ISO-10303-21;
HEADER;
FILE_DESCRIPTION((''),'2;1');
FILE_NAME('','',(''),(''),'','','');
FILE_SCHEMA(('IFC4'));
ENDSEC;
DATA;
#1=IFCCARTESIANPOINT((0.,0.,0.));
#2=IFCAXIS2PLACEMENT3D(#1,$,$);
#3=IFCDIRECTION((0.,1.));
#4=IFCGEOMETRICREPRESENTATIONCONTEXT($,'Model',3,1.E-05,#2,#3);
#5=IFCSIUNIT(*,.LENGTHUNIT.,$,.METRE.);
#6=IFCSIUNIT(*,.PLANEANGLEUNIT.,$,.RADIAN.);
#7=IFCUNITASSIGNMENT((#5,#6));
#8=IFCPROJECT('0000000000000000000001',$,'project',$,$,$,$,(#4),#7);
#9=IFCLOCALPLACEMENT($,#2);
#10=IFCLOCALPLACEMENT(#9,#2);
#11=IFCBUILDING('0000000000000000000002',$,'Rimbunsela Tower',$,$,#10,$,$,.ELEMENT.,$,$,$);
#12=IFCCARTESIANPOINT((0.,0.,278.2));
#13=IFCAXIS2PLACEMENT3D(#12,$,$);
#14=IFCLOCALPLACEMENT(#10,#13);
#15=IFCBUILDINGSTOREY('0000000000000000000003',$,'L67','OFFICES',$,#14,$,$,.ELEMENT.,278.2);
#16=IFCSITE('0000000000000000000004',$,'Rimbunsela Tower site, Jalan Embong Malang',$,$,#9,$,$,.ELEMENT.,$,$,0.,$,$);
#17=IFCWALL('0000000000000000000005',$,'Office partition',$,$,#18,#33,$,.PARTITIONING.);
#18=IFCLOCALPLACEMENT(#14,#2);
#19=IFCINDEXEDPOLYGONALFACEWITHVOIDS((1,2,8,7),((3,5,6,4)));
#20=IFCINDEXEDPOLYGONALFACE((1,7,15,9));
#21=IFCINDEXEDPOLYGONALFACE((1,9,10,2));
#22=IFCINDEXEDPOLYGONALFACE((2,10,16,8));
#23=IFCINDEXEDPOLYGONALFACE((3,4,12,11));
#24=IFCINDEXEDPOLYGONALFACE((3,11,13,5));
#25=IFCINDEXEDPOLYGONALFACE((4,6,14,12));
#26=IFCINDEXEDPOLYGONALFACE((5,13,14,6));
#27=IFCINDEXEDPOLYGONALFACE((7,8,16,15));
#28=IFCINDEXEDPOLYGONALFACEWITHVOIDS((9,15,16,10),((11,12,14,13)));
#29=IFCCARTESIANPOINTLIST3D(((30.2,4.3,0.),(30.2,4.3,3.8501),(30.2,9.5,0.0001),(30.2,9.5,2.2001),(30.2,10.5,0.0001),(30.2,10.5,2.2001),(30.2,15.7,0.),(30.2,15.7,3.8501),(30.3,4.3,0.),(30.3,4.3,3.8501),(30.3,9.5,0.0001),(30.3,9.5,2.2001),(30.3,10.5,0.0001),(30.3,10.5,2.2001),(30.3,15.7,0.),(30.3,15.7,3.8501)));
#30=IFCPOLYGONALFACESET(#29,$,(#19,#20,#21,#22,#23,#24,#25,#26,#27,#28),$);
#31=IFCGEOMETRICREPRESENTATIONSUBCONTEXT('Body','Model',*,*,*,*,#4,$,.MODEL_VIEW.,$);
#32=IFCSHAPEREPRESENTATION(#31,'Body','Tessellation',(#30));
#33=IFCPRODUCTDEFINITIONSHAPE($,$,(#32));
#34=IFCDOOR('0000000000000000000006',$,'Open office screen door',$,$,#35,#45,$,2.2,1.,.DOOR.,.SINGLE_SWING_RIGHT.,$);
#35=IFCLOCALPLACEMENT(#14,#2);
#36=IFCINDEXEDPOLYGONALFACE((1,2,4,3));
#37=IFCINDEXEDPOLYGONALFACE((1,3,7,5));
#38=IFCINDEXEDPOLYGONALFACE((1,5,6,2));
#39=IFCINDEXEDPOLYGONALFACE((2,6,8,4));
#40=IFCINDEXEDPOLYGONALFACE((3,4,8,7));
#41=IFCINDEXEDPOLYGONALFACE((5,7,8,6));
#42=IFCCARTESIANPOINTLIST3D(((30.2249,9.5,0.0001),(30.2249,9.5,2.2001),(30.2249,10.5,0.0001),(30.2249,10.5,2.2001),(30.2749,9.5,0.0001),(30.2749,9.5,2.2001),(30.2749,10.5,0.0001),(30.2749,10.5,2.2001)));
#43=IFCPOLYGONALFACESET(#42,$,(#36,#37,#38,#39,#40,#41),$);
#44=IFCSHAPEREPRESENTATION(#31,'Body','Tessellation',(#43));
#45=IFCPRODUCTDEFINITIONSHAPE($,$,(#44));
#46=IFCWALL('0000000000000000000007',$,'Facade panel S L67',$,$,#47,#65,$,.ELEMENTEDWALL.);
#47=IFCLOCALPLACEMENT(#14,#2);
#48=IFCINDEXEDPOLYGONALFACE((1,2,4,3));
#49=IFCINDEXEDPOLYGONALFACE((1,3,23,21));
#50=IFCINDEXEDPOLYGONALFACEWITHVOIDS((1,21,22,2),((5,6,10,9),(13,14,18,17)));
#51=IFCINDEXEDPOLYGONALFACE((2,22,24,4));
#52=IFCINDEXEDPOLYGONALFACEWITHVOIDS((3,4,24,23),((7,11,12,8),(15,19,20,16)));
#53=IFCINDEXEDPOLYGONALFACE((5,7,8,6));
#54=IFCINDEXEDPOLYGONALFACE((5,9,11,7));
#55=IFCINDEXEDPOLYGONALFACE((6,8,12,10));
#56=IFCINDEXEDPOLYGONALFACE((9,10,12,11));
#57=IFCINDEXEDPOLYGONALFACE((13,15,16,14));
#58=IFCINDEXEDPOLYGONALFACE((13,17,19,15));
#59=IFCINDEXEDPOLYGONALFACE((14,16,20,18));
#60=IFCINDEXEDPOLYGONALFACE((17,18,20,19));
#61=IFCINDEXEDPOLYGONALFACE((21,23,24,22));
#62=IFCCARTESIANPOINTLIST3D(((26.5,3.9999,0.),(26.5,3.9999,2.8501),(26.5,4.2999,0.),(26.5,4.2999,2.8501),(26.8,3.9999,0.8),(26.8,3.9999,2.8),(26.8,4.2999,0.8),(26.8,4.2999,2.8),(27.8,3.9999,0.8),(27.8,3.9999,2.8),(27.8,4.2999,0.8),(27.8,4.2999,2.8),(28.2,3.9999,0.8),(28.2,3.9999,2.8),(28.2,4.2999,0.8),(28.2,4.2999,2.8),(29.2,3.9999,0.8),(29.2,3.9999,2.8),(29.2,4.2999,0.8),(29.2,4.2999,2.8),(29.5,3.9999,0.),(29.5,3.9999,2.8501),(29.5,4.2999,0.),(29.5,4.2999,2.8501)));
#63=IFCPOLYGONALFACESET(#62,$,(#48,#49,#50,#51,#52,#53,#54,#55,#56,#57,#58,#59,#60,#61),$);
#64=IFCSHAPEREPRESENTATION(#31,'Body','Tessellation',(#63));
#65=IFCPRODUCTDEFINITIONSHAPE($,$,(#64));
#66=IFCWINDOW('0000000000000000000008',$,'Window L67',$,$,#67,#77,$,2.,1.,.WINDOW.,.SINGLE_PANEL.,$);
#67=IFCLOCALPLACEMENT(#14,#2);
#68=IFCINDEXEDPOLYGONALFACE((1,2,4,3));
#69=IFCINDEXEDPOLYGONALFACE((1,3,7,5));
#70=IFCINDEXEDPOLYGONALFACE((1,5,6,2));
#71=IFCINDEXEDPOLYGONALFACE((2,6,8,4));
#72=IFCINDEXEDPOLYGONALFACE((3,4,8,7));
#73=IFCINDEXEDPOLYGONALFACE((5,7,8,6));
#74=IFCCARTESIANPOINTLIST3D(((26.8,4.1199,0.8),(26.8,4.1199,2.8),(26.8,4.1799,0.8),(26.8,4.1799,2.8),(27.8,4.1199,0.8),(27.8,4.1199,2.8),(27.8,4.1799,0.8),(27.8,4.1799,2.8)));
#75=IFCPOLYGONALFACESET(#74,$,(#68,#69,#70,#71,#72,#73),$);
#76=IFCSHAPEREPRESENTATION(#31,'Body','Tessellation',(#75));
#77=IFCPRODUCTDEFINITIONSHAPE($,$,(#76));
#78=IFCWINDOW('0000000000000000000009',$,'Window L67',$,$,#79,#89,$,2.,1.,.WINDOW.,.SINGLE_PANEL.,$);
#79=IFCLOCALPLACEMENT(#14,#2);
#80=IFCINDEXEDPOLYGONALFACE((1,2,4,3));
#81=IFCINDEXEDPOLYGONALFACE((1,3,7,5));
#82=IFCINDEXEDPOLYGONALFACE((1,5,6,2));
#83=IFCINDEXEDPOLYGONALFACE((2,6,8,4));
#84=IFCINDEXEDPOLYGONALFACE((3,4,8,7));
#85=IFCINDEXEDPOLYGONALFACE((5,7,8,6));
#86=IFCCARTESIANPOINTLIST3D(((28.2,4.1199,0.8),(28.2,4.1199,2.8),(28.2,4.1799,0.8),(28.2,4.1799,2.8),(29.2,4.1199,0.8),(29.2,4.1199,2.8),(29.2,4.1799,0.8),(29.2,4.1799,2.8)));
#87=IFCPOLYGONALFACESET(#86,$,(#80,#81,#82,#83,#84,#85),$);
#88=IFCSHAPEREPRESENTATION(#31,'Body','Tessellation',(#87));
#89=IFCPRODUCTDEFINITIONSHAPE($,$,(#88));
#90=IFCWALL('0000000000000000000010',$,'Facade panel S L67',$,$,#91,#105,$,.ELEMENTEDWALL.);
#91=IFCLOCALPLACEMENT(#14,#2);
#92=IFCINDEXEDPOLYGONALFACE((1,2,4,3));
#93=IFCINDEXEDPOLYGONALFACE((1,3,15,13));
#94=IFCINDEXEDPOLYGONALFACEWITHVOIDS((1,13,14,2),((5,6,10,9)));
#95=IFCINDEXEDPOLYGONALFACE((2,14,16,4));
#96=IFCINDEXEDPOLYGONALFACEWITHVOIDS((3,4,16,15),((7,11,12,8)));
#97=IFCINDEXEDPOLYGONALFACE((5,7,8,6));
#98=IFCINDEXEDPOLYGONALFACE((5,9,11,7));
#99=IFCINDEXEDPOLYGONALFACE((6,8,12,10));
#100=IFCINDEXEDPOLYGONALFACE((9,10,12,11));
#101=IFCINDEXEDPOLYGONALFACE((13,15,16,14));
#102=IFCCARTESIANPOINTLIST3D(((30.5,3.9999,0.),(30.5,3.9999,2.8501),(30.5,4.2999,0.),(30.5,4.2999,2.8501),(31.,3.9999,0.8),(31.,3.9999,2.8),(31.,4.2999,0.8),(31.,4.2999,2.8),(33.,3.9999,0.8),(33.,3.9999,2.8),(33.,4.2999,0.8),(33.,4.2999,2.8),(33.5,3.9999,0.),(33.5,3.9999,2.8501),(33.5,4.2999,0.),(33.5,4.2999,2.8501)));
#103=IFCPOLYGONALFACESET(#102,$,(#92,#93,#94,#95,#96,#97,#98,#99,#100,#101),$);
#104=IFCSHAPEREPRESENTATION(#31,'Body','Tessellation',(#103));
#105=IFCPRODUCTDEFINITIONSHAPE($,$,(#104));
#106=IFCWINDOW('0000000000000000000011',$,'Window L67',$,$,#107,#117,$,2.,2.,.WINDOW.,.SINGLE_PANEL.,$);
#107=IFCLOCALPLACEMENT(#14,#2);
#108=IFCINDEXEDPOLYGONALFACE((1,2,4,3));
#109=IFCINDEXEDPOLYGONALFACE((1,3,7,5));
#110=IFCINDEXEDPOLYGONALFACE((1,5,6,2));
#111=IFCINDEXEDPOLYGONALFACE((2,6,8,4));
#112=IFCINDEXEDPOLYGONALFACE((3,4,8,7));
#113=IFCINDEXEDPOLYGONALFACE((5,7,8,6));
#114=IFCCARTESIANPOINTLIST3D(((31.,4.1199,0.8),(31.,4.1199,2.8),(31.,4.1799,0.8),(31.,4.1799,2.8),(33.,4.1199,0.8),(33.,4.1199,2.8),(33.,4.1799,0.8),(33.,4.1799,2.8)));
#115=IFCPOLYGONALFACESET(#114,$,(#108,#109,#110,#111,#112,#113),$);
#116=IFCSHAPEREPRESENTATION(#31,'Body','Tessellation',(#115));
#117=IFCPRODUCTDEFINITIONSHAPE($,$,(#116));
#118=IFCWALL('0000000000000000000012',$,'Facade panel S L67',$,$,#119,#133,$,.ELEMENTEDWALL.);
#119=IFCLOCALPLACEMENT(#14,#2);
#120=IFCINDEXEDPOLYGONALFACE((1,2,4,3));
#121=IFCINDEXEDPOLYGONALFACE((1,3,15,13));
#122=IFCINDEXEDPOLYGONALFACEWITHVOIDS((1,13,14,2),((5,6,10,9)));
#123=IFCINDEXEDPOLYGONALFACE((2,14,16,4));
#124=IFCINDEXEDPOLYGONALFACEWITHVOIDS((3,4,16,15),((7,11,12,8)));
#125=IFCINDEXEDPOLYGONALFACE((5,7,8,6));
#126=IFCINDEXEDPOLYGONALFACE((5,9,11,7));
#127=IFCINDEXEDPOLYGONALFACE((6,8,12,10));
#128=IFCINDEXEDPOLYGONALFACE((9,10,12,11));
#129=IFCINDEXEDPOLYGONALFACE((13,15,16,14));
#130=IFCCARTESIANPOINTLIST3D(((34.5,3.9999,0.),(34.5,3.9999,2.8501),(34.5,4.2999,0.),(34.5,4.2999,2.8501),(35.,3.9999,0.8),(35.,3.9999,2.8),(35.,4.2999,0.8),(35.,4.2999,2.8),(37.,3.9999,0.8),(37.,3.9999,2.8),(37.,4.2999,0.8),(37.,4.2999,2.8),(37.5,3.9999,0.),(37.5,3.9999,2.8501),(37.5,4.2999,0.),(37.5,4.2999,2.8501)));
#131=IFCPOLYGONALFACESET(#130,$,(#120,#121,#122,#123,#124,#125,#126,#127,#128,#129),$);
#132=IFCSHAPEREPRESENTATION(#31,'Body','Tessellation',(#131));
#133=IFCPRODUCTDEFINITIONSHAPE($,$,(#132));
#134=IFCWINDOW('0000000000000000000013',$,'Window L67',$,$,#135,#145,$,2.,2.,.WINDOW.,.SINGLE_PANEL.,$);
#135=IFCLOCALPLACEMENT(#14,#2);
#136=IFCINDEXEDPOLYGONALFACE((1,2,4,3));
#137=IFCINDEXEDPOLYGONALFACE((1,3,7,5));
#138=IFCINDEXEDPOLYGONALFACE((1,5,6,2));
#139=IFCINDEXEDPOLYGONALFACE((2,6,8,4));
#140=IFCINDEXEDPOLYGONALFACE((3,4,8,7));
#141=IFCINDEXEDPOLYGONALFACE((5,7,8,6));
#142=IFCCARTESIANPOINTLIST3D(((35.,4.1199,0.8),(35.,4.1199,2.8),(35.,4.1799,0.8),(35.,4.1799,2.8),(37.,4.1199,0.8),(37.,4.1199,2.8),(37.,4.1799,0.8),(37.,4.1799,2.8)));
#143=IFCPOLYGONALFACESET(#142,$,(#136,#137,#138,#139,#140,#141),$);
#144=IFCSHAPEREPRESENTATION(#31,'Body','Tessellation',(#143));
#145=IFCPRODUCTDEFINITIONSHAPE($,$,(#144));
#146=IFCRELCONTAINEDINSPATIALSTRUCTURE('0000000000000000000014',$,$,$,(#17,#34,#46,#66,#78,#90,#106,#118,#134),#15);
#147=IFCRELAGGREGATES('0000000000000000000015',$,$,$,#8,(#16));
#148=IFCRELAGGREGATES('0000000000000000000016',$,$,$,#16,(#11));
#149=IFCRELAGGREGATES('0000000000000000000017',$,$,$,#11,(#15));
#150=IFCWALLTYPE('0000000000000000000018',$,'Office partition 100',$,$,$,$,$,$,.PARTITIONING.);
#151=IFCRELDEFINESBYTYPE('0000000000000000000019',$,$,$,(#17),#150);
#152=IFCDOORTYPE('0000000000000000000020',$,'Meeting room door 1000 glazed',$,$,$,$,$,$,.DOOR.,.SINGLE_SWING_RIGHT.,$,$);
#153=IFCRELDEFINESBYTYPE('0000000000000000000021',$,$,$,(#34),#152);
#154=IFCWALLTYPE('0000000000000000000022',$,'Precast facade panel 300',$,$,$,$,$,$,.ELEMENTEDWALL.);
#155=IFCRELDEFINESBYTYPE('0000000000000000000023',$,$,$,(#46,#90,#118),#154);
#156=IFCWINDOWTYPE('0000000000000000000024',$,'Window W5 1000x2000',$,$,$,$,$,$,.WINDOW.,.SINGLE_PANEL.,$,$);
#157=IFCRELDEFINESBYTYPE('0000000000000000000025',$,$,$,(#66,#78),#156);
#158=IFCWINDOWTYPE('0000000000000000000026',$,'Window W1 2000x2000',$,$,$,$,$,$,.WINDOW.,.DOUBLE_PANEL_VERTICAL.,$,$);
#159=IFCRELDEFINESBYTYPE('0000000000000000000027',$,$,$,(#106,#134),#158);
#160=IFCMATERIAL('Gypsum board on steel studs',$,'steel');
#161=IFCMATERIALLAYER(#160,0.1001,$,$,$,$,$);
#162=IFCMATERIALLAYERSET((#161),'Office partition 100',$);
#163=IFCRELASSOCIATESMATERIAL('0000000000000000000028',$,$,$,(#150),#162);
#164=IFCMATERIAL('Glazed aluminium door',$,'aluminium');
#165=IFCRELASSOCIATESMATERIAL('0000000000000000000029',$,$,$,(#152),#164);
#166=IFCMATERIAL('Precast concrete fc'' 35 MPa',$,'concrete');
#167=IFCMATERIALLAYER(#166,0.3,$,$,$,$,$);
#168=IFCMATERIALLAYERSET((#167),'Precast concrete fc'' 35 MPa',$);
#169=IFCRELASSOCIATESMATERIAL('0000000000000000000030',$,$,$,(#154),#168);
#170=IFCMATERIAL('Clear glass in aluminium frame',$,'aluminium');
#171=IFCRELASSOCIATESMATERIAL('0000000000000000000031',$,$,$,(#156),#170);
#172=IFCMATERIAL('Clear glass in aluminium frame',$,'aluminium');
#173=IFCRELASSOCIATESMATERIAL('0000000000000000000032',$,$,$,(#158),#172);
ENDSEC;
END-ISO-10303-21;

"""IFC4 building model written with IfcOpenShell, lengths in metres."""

from ifc_helpers import new_model, si_unit, direction, frame, frame_2d, origin, place, context, subcontext, project, spatial, rectangle, extrude, material, layer, layer_set, type_object, element, fill, save


model = new_model("IFC4")

# Units and contexts
model_context = context("Model", 3, precision=1e-05, world=origin(), true_north=direction((0.0, 1.0)))
body_context = subcontext(model_context, "Body", "Model", "MODEL_VIEW")
ifc_project = project(units=[si_unit("LENGTHUNIT", "METRE"), si_unit("PLANEANGLEUNIT", "RADIAN")], contexts=[model_context])

# Site, building, storey
site_placement = place(None, origin())
site = spatial("IfcSite", under=ifc_project, at=site_placement, Name="Rimbunsela Tower site, Jalan Embong Malang", CompositionType="ELEMENT", RefElevation=0.0)
building_placement = place(site_placement, origin())
building = spatial("IfcBuilding", under=site, at=building_placement, Name="Rimbunsela Tower", CompositionType="ELEMENT")
storey_placement = place(building_placement, frame((0.0, 0.0, 278.2)))
storey = spatial("IfcBuildingStorey", under=building, at=storey_placement, Name="L67", Description="OFFICES", CompositionType="ELEMENT", Elevation=278.2)

# Shared definitions
ifc_material_1 = material(Name="Gypsum board on steel studs", Category="steel")
ifc_layer_1 = layer(ifc_material_1, 0.1001)
ifc_layer_set_1 = layer_set([ifc_layer_1], Name="Office partition 100")
wall_type_1 = type_object("IfcWallType", Name="Office partition 100", PredefinedType="PARTITIONING", material=ifc_layer_set_1)

# Wall, opening, door
wall_1_placement = place(storey_placement, frame((30.25, 15.7, 0.0), z_axis=(0.0, 0.0, 1.0), x_axis=(0.0, -1.0, 0.0)))
wall_1 = element("IfcWall", 1, at=wall_1_placement, inside=storey, type_object=wall_type_1, Name="Office partition", PredefinedType="PARTITIONING", context=body_context, shape_type="SweptSolid", body=[
    extrude(rectangle(XDim=11.3999, YDim=0.1001, at=frame_2d((5.7, 0.0))), origin(), (0.0, 0.0, 1.0), 3.8501),
])
opening_1_placement = place(wall_1_placement, frame((5.2, 0.0, 0.0)))
opening_1 = element("IfcOpeningElement", 2, at=opening_1_placement, cuts=wall_1, PredefinedType="OPENING", context=body_context, shape_type="SweptSolid", body=[
    extrude(rectangle(XDim=1.0, YDim=2.2, at=frame_2d((0.5, 1.1001))), frame((0.0, 0.0601, 0.0), z_axis=(0.0, -1.0, 0.0), x_axis=(1.0, 0.0, 0.0)), (0.0, 0.0, 1.0), 0.1201),
])
ifc_material_2 = material(Name="Glazed aluminium door", Category="aluminium")
door_type_1 = type_object("IfcDoorType", Name="Meeting room door 1000 glazed", OperationType="SINGLE_SWING_RIGHT", PredefinedType="DOOR", material=ifc_material_2)
door_1_placement = place(opening_1_placement, origin())
door_1 = element("IfcDoor", 3, at=door_1_placement, inside=storey, type_object=door_type_1, Name="Open office screen door", OperationType="SINGLE_SWING_RIGHT", OverallHeight=2.2, OverallWidth=1.0, PredefinedType="DOOR", context=body_context, shape_type="SweptSolid", body=[
    extrude(rectangle(XDim=1.0, YDim=2.2, at=frame_2d((0.5, 1.1001))), frame((0.0, 0.0249, 0.0), z_axis=(0.0, -1.0, 0.0), x_axis=(1.0, 0.0, 0.0)), (0.0, 0.0, 1.0), 0.05),
])
fill(opening_1, door_1)

# Wall, openings, windows
ifc_material_3 = material(Name="Precast concrete fc' 35 MPa", Category="concrete")
ifc_layer_2 = layer(ifc_material_3, 0.3)
ifc_layer_set_2 = layer_set([ifc_layer_2], Name="Precast concrete fc' 35 MPa")
wall_type_2 = type_object("IfcWallType", Name="Precast facade panel 300", PredefinedType="ELEMENTEDWALL", material=ifc_layer_set_2)
wall_2_placement = place(storey_placement, frame((26.5, 4.1499, 0.0), z_axis=(0.0, 0.0, 1.0), x_axis=(1.0, 0.0, 0.0)))
wall_2 = element("IfcWall", 4, at=wall_2_placement, inside=storey, type_object=wall_type_2, Name="Facade panel S L67", PredefinedType="ELEMENTEDWALL", context=body_context, shape_type="SweptSolid", body=[
    extrude(rectangle(XDim=3.0, YDim=0.3, at=frame_2d((1.5, 0.0))), origin(), (0.0, 0.0, 1.0), 2.8501),
])
opening_2_placement = place(wall_2_placement, frame((0.3, 0.0, 0.8)))
opening_2 = element("IfcOpeningElement", 5, at=opening_2_placement, cuts=wall_2, PredefinedType="OPENING", context=body_context, shape_type="SweptSolid", body=[
    extrude(rectangle(XDim=1.0, YDim=2.0, at=frame_2d((0.5, 1.0))), frame((0.0, 0.1599, 0.0), z_axis=(0.0, -1.0, 0.0), x_axis=(1.0, 0.0, 0.0)), (0.0, 0.0, 1.0), 0.3201),
])
opening_3_placement = place(wall_2_placement, frame((1.7, 0.0, 0.8)))
opening_3 = element("IfcOpeningElement", 6, at=opening_3_placement, cuts=wall_2, PredefinedType="OPENING", context=body_context, shape_type="SweptSolid", body=[
    extrude(rectangle(XDim=1.0, YDim=2.0, at=frame_2d((0.5, 1.0))), frame((0.0, 0.1599, 0.0), z_axis=(0.0, -1.0, 0.0), x_axis=(1.0, 0.0, 0.0)), (0.0, 0.0, 1.0), 0.3201),
])
ifc_material_4 = material(Name="Clear glass in aluminium frame", Category="aluminium")
window_type_1 = type_object("IfcWindowType", Name="Window W5 1000x2000", PartitioningType="SINGLE_PANEL", PredefinedType="WINDOW", material=ifc_material_4)
window_1_placement = place(opening_2_placement, origin())
window_1 = element("IfcWindow", 7, at=window_1_placement, inside=storey, type_object=window_type_1, Name="Window L67", OverallHeight=2.0, OverallWidth=1.0, PartitioningType="SINGLE_PANEL", PredefinedType="WINDOW", context=body_context, shape_type="SweptSolid", body=[
    extrude(rectangle(XDim=1.0, YDim=2.0, at=frame_2d((0.5, 1.0))), frame((0.0, 0.03, 0.0), z_axis=(0.0, -1.0, 0.0), x_axis=(1.0, 0.0, 0.0)), (0.0, 0.0, 1.0), 0.0601),
])
fill(opening_2, window_1)
window_2_placement = place(opening_3_placement, origin())
window_2 = element("IfcWindow", 8, at=window_2_placement, inside=storey, type_object=window_type_1, Name="Window L67", OverallHeight=2.0, OverallWidth=1.0, PartitioningType="SINGLE_PANEL", PredefinedType="WINDOW", context=body_context, shape_type="SweptSolid", body=[
    extrude(rectangle(XDim=1.0, YDim=2.0, at=frame_2d((0.5, 1.0))), frame((0.0, 0.03, 0.0), z_axis=(0.0, -1.0, 0.0), x_axis=(1.0, 0.0, 0.0)), (0.0, 0.0, 1.0), 0.0601),
])
fill(opening_3, window_2)

# Walls, openings, windows
wall_3_placement = place(storey_placement, frame((30.5, 4.1499, 0.0), z_axis=(0.0, 0.0, 1.0), x_axis=(1.0, 0.0, 0.0)))
wall_3 = element("IfcWall", 9, at=wall_3_placement, inside=storey, type_object=wall_type_2, Name="Facade panel S L67", PredefinedType="ELEMENTEDWALL", context=body_context, shape_type="SweptSolid", body=[
    extrude(rectangle(XDim=3.0, YDim=0.3, at=frame_2d((1.5, 0.0))), origin(), (0.0, 0.0, 1.0), 2.8501),
])
opening_4_placement = place(wall_3_placement, frame((0.5, 0.0, 0.8)))
opening_4 = element("IfcOpeningElement", 10, at=opening_4_placement, cuts=wall_3, PredefinedType="OPENING", context=body_context, shape_type="SweptSolid", body=[
    extrude(rectangle(XDim=2.0, YDim=2.0, at=frame_2d((1.0, 1.0))), frame((0.0, 0.1599, 0.0), z_axis=(0.0, -1.0, 0.0), x_axis=(1.0, 0.0, 0.0)), (0.0, 0.0, 1.0), 0.3201),
])
ifc_material_5 = material(Name="Clear glass in aluminium frame", Category="aluminium")
window_type_2 = type_object("IfcWindowType", Name="Window W1 2000x2000", PartitioningType="DOUBLE_PANEL_VERTICAL", PredefinedType="WINDOW", material=ifc_material_5)
window_3_placement = place(opening_4_placement, origin())
window_3 = element("IfcWindow", 11, at=window_3_placement, inside=storey, type_object=window_type_2, Name="Window L67", OverallHeight=2.0, OverallWidth=2.0, PartitioningType="SINGLE_PANEL", PredefinedType="WINDOW", context=body_context, shape_type="SweptSolid", body=[
    extrude(rectangle(XDim=2.0, YDim=2.0, at=frame_2d((1.0, 1.0))), frame((0.0, 0.03, 0.0), z_axis=(0.0, -1.0, 0.0), x_axis=(1.0, 0.0, 0.0)), (0.0, 0.0, 1.0), 0.0601),
])
fill(opening_4, window_3)
wall_4_placement = place(storey_placement, frame((34.5, 4.1499, 0.0), z_axis=(0.0, 0.0, 1.0), x_axis=(1.0, 0.0, 0.0)))
wall_4 = element("IfcWall", 12, at=wall_4_placement, inside=storey, type_object=wall_type_2, Name="Facade panel S L67", PredefinedType="ELEMENTEDWALL", context=body_context, shape_type="SweptSolid", body=[
    extrude(rectangle(XDim=3.0, YDim=0.3, at=frame_2d((1.5, 0.0))), origin(), (0.0, 0.0, 1.0), 2.8501),
])
opening_5_placement = place(wall_4_placement, frame((0.5, 0.0, 0.8)))
opening_5 = element("IfcOpeningElement", 13, at=opening_5_placement, cuts=wall_4, PredefinedType="OPENING", context=body_context, shape_type="SweptSolid", body=[
    extrude(rectangle(XDim=2.0, YDim=2.0, at=frame_2d((1.0, 1.0))), frame((0.0, 0.1599, 0.0), z_axis=(0.0, -1.0, 0.0), x_axis=(1.0, 0.0, 0.0)), (0.0, 0.0, 1.0), 0.3201),
])
window_4_placement = place(opening_5_placement, origin())
window_4 = element("IfcWindow", 14, at=window_4_placement, inside=storey, type_object=window_type_2, Name="Window L67", OverallHeight=2.0, OverallWidth=2.0, PartitioningType="SINGLE_PANEL", PredefinedType="WINDOW", context=body_context, shape_type="SweptSolid", body=[
    extrude(rectangle(XDim=2.0, YDim=2.0, at=frame_2d((1.0, 1.0))), frame((0.0, 0.03, 0.0), z_axis=(0.0, -1.0, 0.0), x_axis=(1.0, 0.0, 0.0)), (0.0, 0.0, 1.0), 0.0601),
])
fill(opening_5, window_4)

save(model, "model.ifc")
